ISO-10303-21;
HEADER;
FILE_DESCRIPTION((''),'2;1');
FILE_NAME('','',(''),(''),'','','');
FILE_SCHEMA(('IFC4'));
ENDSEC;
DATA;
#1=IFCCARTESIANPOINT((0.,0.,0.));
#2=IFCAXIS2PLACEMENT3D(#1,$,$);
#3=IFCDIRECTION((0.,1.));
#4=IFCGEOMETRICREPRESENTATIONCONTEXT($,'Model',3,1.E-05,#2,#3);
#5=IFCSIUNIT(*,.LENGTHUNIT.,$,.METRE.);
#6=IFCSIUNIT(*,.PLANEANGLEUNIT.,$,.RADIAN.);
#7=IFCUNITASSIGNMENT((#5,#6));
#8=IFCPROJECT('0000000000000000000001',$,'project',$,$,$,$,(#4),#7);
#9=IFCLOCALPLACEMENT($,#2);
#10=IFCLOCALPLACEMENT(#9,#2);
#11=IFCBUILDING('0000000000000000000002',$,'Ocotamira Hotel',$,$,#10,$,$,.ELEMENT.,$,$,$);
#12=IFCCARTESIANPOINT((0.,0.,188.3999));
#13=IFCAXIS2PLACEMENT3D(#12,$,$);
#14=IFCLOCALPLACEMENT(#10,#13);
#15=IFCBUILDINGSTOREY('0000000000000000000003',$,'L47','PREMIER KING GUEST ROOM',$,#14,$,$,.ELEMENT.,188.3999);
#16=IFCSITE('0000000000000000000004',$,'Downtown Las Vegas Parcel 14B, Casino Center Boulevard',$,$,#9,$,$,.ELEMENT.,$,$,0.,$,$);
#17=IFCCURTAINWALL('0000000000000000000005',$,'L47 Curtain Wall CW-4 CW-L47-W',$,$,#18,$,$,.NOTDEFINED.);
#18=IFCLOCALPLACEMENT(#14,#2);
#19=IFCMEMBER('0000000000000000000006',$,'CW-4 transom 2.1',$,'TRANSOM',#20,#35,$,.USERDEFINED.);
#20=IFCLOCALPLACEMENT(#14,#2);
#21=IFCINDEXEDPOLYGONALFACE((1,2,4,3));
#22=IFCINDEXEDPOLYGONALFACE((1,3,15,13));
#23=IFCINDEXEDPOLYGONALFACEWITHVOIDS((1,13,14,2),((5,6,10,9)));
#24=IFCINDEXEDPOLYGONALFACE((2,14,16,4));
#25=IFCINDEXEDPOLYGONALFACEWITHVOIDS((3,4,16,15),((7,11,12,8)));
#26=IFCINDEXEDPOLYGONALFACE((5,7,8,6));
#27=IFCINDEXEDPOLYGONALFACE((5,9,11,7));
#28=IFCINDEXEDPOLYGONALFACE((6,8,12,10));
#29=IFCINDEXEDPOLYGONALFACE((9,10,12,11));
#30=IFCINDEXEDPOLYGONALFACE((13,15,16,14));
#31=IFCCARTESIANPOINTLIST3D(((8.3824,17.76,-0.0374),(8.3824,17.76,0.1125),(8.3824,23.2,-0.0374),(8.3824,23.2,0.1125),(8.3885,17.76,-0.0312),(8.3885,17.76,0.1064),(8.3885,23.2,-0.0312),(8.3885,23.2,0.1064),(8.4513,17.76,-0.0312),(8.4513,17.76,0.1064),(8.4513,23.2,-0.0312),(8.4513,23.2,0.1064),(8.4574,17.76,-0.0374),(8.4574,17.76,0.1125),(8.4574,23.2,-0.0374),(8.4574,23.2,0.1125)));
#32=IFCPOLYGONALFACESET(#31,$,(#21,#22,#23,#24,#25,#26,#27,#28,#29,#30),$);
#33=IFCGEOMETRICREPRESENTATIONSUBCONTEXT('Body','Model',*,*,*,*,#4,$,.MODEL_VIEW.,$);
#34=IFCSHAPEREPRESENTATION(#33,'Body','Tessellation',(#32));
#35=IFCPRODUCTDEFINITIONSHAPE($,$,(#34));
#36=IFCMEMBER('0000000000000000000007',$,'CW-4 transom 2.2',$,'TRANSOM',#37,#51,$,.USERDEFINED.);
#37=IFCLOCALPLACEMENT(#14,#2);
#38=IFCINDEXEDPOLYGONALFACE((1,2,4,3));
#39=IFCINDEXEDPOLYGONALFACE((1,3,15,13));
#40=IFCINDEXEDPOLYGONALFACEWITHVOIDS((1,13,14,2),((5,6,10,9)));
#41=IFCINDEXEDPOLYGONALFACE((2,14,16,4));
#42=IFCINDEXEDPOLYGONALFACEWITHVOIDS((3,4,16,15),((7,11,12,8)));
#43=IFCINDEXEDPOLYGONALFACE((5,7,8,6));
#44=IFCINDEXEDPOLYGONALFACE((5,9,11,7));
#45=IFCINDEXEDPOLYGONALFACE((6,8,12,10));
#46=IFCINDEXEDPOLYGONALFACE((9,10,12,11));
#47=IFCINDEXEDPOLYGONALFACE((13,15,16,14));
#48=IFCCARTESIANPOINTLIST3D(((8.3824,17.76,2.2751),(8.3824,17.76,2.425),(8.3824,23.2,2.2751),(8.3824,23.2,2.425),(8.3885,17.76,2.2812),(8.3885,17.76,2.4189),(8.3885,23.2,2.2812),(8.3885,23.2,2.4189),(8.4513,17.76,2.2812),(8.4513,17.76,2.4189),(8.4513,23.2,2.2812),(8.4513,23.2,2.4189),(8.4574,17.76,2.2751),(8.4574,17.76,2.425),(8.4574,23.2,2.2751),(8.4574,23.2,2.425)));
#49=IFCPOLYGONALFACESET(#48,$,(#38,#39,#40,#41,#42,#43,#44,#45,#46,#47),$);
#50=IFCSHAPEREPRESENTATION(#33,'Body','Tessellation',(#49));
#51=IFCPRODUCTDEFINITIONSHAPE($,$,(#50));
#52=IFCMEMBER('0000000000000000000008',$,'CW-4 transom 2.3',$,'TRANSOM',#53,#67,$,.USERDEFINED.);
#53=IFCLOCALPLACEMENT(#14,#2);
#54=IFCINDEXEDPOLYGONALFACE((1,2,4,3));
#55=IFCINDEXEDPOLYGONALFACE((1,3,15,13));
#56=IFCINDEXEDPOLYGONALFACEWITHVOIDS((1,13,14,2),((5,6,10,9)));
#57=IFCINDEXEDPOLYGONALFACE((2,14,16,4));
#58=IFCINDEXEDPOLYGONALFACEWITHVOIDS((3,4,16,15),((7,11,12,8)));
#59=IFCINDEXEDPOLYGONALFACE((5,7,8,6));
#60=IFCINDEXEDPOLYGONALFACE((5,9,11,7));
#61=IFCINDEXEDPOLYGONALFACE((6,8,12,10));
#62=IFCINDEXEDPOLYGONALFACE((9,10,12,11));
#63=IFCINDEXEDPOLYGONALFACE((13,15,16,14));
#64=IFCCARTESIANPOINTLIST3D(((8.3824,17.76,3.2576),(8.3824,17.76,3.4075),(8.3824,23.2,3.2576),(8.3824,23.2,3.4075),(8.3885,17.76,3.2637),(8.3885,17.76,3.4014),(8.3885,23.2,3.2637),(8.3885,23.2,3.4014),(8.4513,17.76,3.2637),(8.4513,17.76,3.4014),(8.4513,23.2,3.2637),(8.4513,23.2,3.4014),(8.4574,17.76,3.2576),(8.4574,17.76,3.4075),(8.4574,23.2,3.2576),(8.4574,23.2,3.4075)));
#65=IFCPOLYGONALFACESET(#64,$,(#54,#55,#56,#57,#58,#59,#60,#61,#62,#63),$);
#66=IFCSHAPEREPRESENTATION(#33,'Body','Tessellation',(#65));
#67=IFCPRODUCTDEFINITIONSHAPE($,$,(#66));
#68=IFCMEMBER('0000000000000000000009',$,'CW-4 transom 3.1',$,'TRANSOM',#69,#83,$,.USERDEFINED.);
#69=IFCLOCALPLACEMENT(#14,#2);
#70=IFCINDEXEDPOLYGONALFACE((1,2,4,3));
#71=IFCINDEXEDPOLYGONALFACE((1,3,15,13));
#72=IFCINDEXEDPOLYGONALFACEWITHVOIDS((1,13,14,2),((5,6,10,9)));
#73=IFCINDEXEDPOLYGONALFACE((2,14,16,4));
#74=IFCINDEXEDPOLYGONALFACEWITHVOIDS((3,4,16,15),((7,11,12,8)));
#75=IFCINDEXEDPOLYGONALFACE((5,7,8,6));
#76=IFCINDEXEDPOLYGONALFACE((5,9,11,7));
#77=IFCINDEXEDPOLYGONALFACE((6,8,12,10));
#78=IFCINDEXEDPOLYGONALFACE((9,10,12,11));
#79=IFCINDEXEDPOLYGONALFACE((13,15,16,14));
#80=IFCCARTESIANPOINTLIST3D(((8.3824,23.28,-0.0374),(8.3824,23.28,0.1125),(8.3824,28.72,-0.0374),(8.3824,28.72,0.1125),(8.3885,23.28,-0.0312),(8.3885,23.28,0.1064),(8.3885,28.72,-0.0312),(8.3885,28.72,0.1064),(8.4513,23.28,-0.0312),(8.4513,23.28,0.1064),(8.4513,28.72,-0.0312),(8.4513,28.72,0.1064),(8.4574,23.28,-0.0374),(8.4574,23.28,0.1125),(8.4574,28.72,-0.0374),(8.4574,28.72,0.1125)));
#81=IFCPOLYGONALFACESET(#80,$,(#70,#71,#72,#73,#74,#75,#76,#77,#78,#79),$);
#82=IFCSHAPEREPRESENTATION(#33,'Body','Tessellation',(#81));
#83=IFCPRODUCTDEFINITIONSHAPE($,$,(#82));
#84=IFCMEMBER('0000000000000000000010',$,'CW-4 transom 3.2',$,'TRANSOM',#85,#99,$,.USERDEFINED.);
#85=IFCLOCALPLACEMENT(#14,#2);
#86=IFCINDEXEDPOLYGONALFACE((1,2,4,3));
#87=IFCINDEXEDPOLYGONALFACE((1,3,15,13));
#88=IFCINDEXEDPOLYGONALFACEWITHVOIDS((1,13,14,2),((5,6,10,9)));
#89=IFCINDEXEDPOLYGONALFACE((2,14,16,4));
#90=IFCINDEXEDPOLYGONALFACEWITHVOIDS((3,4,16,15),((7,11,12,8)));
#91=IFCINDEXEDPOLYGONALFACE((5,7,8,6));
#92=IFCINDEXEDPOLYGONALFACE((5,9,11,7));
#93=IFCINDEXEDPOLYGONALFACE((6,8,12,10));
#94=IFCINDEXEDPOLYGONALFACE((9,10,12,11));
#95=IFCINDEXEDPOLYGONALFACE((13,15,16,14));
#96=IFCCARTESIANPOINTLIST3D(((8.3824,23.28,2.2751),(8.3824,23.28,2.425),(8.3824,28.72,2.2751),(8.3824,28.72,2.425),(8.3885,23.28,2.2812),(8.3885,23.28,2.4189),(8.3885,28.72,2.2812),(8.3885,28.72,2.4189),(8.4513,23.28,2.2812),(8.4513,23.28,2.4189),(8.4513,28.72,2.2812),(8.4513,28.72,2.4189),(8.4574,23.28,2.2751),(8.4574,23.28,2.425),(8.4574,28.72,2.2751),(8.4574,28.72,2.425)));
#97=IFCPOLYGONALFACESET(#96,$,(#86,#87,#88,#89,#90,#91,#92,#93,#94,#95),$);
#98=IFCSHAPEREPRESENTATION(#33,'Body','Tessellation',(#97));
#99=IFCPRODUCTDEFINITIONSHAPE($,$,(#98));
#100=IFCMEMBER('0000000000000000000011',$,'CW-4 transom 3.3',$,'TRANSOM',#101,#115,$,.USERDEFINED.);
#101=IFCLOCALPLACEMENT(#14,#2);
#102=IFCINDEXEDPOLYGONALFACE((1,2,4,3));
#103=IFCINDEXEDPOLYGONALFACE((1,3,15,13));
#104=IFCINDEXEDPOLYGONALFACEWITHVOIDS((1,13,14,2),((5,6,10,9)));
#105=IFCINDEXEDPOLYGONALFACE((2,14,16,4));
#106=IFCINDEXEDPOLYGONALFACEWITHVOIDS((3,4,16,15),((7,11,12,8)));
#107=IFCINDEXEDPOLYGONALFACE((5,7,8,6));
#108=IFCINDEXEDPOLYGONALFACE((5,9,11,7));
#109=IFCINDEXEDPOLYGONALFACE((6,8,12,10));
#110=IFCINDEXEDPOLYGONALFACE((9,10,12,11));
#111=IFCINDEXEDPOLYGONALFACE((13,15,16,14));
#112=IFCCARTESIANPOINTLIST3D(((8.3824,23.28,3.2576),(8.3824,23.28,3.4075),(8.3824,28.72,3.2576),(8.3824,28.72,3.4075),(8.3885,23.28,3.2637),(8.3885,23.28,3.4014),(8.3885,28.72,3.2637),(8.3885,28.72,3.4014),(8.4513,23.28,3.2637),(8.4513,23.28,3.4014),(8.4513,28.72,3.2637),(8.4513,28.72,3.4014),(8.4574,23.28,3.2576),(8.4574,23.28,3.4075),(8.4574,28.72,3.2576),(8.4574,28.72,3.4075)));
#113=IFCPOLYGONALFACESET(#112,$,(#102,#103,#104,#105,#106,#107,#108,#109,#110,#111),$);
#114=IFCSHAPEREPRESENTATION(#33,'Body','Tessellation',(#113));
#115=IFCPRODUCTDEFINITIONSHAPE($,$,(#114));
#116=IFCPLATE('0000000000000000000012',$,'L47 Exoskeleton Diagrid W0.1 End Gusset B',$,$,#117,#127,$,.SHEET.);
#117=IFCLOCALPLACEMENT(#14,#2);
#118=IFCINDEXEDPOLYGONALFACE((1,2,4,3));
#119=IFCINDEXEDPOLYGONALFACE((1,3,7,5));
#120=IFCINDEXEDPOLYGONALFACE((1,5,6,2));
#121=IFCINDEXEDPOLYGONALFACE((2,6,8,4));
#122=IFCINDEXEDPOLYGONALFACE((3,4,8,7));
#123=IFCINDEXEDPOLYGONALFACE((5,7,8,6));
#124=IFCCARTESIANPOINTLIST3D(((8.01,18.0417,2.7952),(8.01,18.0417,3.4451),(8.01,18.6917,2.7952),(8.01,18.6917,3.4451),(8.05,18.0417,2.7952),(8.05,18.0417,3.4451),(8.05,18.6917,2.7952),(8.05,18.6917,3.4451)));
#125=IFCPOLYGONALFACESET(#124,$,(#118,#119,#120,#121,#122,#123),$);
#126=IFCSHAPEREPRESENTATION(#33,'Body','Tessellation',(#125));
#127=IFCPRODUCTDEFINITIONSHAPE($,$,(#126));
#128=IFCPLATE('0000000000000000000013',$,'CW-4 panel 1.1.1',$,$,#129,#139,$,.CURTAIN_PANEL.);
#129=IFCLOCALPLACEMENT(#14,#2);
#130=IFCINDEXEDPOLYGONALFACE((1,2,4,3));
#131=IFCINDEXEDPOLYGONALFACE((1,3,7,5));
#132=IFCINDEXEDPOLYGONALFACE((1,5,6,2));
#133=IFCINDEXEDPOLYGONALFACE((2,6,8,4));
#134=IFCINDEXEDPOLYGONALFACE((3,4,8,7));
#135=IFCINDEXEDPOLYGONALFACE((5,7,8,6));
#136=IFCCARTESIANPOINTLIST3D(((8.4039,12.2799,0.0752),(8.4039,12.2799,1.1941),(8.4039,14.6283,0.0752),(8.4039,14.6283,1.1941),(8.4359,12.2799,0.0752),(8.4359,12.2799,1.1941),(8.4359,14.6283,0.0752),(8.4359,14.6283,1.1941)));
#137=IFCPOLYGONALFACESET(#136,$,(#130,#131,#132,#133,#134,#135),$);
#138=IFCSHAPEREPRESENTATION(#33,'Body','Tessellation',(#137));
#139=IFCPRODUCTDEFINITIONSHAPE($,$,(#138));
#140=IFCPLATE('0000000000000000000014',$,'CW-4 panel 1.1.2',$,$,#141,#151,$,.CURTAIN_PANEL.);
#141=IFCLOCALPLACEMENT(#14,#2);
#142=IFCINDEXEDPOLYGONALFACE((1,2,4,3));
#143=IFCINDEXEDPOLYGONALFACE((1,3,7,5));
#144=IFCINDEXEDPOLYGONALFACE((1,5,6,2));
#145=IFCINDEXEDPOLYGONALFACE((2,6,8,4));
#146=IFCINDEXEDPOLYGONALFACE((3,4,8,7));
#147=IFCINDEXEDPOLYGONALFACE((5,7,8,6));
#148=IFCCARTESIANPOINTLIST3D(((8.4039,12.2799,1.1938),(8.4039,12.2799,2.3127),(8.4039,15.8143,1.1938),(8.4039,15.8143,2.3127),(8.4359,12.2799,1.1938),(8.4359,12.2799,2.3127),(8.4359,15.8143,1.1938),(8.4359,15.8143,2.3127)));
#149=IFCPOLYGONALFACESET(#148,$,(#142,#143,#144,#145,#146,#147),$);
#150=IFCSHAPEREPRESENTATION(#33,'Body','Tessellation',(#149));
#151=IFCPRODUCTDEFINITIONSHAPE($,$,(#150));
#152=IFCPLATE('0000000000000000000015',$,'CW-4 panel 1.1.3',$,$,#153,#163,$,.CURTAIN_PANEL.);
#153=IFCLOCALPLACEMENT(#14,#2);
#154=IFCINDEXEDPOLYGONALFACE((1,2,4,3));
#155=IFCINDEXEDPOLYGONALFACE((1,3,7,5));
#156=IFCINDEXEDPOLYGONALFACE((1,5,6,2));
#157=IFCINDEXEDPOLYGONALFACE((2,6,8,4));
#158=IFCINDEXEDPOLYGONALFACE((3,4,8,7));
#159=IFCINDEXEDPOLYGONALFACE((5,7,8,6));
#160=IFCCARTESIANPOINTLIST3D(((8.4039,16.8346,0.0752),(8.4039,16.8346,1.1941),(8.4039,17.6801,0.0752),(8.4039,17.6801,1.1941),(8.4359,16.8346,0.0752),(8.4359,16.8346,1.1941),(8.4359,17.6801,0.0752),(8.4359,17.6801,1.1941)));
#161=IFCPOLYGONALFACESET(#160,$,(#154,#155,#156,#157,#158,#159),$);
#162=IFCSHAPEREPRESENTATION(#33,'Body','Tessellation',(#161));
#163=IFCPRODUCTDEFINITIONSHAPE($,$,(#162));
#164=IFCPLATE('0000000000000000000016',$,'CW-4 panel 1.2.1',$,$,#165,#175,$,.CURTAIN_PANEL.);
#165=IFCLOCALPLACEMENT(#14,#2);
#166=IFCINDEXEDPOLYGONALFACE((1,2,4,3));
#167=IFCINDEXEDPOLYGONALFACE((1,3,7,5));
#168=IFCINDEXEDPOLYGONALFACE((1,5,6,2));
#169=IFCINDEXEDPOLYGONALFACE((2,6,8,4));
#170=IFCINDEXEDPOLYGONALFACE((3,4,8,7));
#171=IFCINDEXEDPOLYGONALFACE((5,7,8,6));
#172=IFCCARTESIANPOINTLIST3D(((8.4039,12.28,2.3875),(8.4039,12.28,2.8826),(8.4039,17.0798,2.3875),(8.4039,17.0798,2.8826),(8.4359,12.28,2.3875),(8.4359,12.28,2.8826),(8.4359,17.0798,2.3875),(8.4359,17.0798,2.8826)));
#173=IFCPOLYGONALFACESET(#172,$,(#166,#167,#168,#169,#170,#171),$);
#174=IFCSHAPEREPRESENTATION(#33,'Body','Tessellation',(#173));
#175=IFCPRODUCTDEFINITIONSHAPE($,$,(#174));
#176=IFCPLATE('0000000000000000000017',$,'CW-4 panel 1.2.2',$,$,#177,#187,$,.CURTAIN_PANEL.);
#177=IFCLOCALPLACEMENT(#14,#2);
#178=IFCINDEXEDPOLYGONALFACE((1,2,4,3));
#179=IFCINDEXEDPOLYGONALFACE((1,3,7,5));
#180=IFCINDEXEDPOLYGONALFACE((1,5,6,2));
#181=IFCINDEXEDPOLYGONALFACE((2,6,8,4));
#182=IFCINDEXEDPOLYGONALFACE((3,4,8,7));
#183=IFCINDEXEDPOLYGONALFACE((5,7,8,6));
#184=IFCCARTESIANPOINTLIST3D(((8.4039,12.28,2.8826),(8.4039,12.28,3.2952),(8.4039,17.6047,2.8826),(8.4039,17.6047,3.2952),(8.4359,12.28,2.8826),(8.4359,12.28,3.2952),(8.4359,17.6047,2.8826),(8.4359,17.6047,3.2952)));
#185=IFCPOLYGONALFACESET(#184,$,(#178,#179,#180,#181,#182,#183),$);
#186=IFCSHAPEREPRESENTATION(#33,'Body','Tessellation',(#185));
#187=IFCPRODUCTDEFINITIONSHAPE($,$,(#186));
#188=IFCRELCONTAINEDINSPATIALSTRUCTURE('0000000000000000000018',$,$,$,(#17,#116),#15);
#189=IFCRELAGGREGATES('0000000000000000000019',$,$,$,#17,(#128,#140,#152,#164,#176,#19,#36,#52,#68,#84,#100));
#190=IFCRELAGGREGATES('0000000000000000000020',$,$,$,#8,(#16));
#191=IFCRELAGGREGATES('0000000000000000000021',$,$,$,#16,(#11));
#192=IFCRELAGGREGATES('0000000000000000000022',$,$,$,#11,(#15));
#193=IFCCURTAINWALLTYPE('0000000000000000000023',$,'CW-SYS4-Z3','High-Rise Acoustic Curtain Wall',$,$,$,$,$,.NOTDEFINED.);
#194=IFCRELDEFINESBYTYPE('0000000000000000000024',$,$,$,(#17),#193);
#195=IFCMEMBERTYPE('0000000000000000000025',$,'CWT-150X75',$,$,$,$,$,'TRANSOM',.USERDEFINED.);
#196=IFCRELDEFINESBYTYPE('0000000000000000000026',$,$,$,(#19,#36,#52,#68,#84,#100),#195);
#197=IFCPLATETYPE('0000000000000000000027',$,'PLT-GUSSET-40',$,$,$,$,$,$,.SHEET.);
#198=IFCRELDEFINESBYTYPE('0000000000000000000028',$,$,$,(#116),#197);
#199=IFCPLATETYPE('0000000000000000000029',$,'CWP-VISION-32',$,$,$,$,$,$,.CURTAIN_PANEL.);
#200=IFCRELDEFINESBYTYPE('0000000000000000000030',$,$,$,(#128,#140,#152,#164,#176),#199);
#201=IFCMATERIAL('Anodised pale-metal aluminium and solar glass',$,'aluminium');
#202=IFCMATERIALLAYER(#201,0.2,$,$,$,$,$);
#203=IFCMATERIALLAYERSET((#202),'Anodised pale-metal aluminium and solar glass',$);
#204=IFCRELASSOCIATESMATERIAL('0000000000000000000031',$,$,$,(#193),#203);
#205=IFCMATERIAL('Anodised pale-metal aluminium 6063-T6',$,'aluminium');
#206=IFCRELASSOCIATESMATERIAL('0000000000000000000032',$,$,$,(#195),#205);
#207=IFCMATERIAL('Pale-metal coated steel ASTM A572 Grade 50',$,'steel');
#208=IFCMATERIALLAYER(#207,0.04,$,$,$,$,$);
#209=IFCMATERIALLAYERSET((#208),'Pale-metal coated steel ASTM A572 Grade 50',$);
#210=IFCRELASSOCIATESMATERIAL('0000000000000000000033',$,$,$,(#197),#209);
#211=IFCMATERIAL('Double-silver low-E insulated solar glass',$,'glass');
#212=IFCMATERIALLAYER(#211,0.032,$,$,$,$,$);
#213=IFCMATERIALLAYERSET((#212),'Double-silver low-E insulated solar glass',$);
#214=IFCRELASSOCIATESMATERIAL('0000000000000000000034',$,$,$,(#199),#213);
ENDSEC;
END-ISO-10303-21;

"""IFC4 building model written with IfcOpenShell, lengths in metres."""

from ifc_helpers import new_model, si_unit, direction, frame, origin, origin_2d, place, context, subcontext, project, spatial, rectangle, hollow_rectangle, extrude, source, transform, mapped, material, layer, layer_set, material_profile, profile_set, type_object, element, aggregate, save


model = new_model("IFC4")

# Units and contexts
model_context = context("Model", 3, precision=1e-05, world=origin(), true_north=direction((0.0, 1.0)))
body_context = subcontext(model_context, "Body", "Model", "MODEL_VIEW")
ifc_project = project(units=[si_unit("LENGTHUNIT", "METRE"), si_unit("PLANEANGLEUNIT", "RADIAN")], contexts=[model_context])

# Site, building, storey
site_placement = place(None, origin())
site = spatial("IfcSite", under=ifc_project, at=site_placement, Name="Downtown Las Vegas Parcel 14B, Casino Center Boulevard", CompositionType="ELEMENT", RefElevation=0.0)
building_placement = place(site_placement, origin())
building = spatial("IfcBuilding", under=site, at=building_placement, Name="Ocotamira Hotel", CompositionType="ELEMENT")
storey_placement = place(building_placement, frame((0.0, 0.0, 188.3999)))
storey = spatial("IfcBuildingStorey", under=building, at=storey_placement, Name="L47", Description="PREMIER KING GUEST ROOM", CompositionType="ELEMENT", Elevation=188.3999)

# Curtain wall, members
ifc_material_1 = material(Name="Anodised pale-metal aluminium and solar glass", Category="aluminium")
ifc_layer_1 = layer(ifc_material_1, 0.2)
ifc_layer_set_1 = layer_set([ifc_layer_1], Name="Anodised pale-metal aluminium and solar glass")
curtain_wall_type = type_object("IfcCurtainWallType", Name="CW-SYS4-Z3", Description="High-Rise Acoustic Curtain Wall", PredefinedType="NOTDEFINED", material=ifc_layer_set_1)
curtain_wall_placement = place(storey_placement, origin())
curtain_wall = element("IfcCurtainWall", 1, at=curtain_wall_placement, inside=storey, type_object=curtain_wall_type, Name="L47 Curtain Wall CW-4 CW-L47-W", PredefinedType="NOTDEFINED")
ifc_material_2 = material(Name="Anodised pale-metal aluminium 6063-T6", Category="aluminium")
ifc_material_profile_1 = material_profile(ifc_material_2, hollow_rectangle(XDim=0.075, YDim=0.1499, WallThickness=0.0061, at=origin_2d()), Name="HSS150X75X6")
ifc_profile_set_1 = profile_set([ifc_material_profile_1], Name="Anodised pale-metal aluminium 6063-T6")
member_type_1 = type_object("IfcMemberType", Name="CWT-150X75", ElementType="TRANSOM", PredefinedType="USERDEFINED", material=ifc_profile_set_1)
shared_shape_1 = source(origin(), body_context, "Body", "SweptSolid", [
    extrude(hollow_rectangle(XDim=0.075, YDim=0.1499, WallThickness=0.0061, at=origin_2d()), origin(), (0.0, 0.0, 1.0), 5.4399),
])
member_1_placement = place(storey_placement, frame((8.4199, 17.76, 0.0376), z_axis=(0.0, 1.0, 0.0), x_axis=(-1.0, 0.0, 0.0)))
member_1 = element("IfcMember", 2, at=member_1_placement, type_object=member_type_1, Name="CW-4 transom 2.1", ObjectType="TRANSOM", PredefinedType="USERDEFINED", context=body_context, shape_type="MappedRepresentation", body=[
    mapped(shared_shape_1, transform((0.0, 0.0, 0.0), scale=1.0)),
])
member_2_placement = place(storey_placement, frame((8.4199, 17.76, 2.3501), z_axis=(0.0, 1.0, 0.0), x_axis=(-1.0, 0.0, 0.0)))
member_2 = element("IfcMember", 3, at=member_2_placement, type_object=member_type_1, Name="CW-4 transom 2.2", ObjectType="TRANSOM", PredefinedType="USERDEFINED", context=body_context, shape_type="MappedRepresentation", body=[
    mapped(shared_shape_1, transform((0.0, 0.0, 0.0), scale=1.0)),
])
member_3_placement = place(storey_placement, frame((8.4199, 17.76, 3.3325), z_axis=(0.0, 1.0, 0.0), x_axis=(-1.0, 0.0, 0.0)))
member_3 = element("IfcMember", 4, at=member_3_placement, type_object=member_type_1, Name="CW-4 transom 2.3", ObjectType="TRANSOM", PredefinedType="USERDEFINED", context=body_context, shape_type="MappedRepresentation", body=[
    mapped(shared_shape_1, transform((0.0, 0.0, 0.0), scale=1.0)),
])
member_4_placement = place(storey_placement, frame((8.4199, 23.28, 0.0376), z_axis=(0.0, 1.0, 0.0), x_axis=(-1.0, 0.0, 0.0)))
member_4 = element("IfcMember", 5, at=member_4_placement, type_object=member_type_1, Name="CW-4 transom 3.1", ObjectType="TRANSOM", PredefinedType="USERDEFINED", context=body_context, shape_type="MappedRepresentation", body=[
    mapped(shared_shape_1, transform((0.0, 0.0, 0.0), scale=1.0)),
])
member_5_placement = place(storey_placement, frame((8.4199, 23.28, 2.3501), z_axis=(0.0, 1.0, 0.0), x_axis=(-1.0, 0.0, 0.0)))
member_5 = element("IfcMember", 6, at=member_5_placement, type_object=member_type_1, Name="CW-4 transom 3.2", ObjectType="TRANSOM", PredefinedType="USERDEFINED", context=body_context, shape_type="MappedRepresentation", body=[
    mapped(shared_shape_1, transform((0.0, 0.0, 0.0), scale=1.0)),
])
member_6_placement = place(storey_placement, frame((8.4199, 23.28, 3.3325), z_axis=(0.0, 1.0, 0.0), x_axis=(-1.0, 0.0, 0.0)))
member_6 = element("IfcMember", 7, at=member_6_placement, type_object=member_type_1, Name="CW-4 transom 3.3", ObjectType="TRANSOM", PredefinedType="USERDEFINED", context=body_context, shape_type="MappedRepresentation", body=[
    mapped(shared_shape_1, transform((0.0, 0.0, 0.0), scale=1.0)),
])

# Plates
ifc_material_3 = material(Name="Pale-metal coated steel ASTM A572 Grade 50", Category="steel")
ifc_layer_2 = layer(ifc_material_3, 0.04)
ifc_layer_set_2 = layer_set([ifc_layer_2], Name="Pale-metal coated steel ASTM A572 Grade 50")
plate_type_1 = type_object("IfcPlateType", Name="PLT-GUSSET-40", PredefinedType="SHEET", material=ifc_layer_set_2)
shared_shape_2 = source(origin(), body_context, "Body", "SweptSolid", [
    extrude(rectangle(XDim=0.04, YDim=0.6499, at=origin_2d()), origin(), (0.0, 0.0, 1.0), 0.6499),
])
plate_1_placement = place(storey_placement, frame((8.03, 18.3667, 2.7952), z_axis=(0.0, 0.0, 1.0), x_axis=(1.0, 0.0, 0.0)))
element("IfcPlate", 8, at=plate_1_placement, inside=storey, type_object=plate_type_1, Name="L47 Exoskeleton Diagrid W0.1 End Gusset B", PredefinedType="SHEET", context=body_context, shape_type="MappedRepresentation", body=[
    mapped(shared_shape_2, transform((0.0, 0.0, 0.0), scale=1.0)),
])
ifc_material_4 = material(Name="Double-silver low-E insulated solar glass", Category="glass")
ifc_layer_3 = layer(ifc_material_4, 0.032)
ifc_layer_set_3 = layer_set([ifc_layer_3], Name="Double-silver low-E insulated solar glass")
plate_type_2 = type_object("IfcPlateType", Name="CWP-VISION-32", PredefinedType="CURTAIN_PANEL", material=ifc_layer_set_3)
shared_shape_3 = source(origin(), body_context, "Body", "SweptSolid", [
    extrude(rectangle(XDim=2.3484, YDim=0.032, at=origin_2d()), origin(), (0.0, 0.0, 1.0), 1.1189),
])
plate_2_placement = place(storey_placement, frame((8.4199, 13.4541, 0.0752), z_axis=(0.0, 0.0, 1.0), x_axis=(0.0, 1.0, 0.0)))
plate_2 = element("IfcPlate", 9, at=plate_2_placement, type_object=plate_type_2, Name="CW-4 panel 1.1.1", PredefinedType="CURTAIN_PANEL", context=body_context, shape_type="MappedRepresentation", body=[
    mapped(shared_shape_3, transform((0.0, 0.0, 0.0), scale=1.0)),
])
shared_shape_4 = source(origin(), body_context, "Body", "SweptSolid", [
    extrude(rectangle(XDim=3.5344, YDim=0.032, at=origin_2d()), origin(), (0.0, 0.0, 1.0), 1.1189),
])
plate_3_placement = place(storey_placement, frame((8.4199, 14.0471, 1.1938), z_axis=(0.0, 0.0, 1.0), x_axis=(0.0, 1.0, 0.0)))
plate_3 = element("IfcPlate", 10, at=plate_3_placement, type_object=plate_type_2, Name="CW-4 panel 1.1.2", PredefinedType="CURTAIN_PANEL", context=body_context, shape_type="MappedRepresentation", body=[
    mapped(shared_shape_4, transform((0.0, 0.0, 0.0), scale=1.0)),
])
shared_shape_5 = source(origin(), body_context, "Body", "SweptSolid", [
    extrude(rectangle(XDim=0.8455, YDim=0.032, at=origin_2d()), origin(), (0.0, 0.0, 1.0), 1.1189),
])
plate_4_placement = place(storey_placement, frame((8.4199, 17.2573, 0.0752), z_axis=(0.0, 0.0, 1.0), x_axis=(0.0, 1.0, 0.0)))
plate_4 = element("IfcPlate", 11, at=plate_4_placement, type_object=plate_type_2, Name="CW-4 panel 1.1.3", PredefinedType="CURTAIN_PANEL", context=body_context, shape_type="MappedRepresentation", body=[
    mapped(shared_shape_5, transform((0.0, 0.0, 0.0), scale=1.0)),
])
shared_shape_6 = source(origin(), body_context, "Body", "SweptSolid", [
    extrude(rectangle(XDim=4.7998, YDim=0.032, at=origin_2d()), origin(), (0.0, 0.0, 1.0), 0.4951),
])
plate_5_placement = place(storey_placement, frame((8.4199, 14.6799, 2.3875), z_axis=(0.0, 0.0, 1.0), x_axis=(0.0, 1.0, 0.0)))
plate_5 = element("IfcPlate", 12, at=plate_5_placement, type_object=plate_type_2, Name="CW-4 panel 1.2.1", PredefinedType="CURTAIN_PANEL", context=body_context, shape_type="MappedRepresentation", body=[
    mapped(shared_shape_6, transform((0.0, 0.0, 0.0), scale=1.0)),
])
shared_shape_7 = source(origin(), body_context, "Body", "SweptSolid", [
    extrude(rectangle(XDim=5.3247, YDim=0.032, at=origin_2d()), origin(), (0.0, 0.0, 1.0), 0.4126),
])
plate_6_placement = place(storey_placement, frame((8.4199, 14.9424, 2.8826), z_axis=(0.0, 0.0, 1.0), x_axis=(0.0, 1.0, 0.0)))
plate_6 = element("IfcPlate", 13, at=plate_6_placement, type_object=plate_type_2, Name="CW-4 panel 1.2.2", PredefinedType="CURTAIN_PANEL", context=body_context, shape_type="MappedRepresentation", body=[
    mapped(shared_shape_7, transform((0.0, 0.0, 0.0), scale=1.0)),
])
aggregate(curtain_wall, [plate_2, plate_3, plate_4, plate_5, plate_6, member_1, member_2, member_3, member_4, member_5, member_6])

save(model, "model.ifc")
